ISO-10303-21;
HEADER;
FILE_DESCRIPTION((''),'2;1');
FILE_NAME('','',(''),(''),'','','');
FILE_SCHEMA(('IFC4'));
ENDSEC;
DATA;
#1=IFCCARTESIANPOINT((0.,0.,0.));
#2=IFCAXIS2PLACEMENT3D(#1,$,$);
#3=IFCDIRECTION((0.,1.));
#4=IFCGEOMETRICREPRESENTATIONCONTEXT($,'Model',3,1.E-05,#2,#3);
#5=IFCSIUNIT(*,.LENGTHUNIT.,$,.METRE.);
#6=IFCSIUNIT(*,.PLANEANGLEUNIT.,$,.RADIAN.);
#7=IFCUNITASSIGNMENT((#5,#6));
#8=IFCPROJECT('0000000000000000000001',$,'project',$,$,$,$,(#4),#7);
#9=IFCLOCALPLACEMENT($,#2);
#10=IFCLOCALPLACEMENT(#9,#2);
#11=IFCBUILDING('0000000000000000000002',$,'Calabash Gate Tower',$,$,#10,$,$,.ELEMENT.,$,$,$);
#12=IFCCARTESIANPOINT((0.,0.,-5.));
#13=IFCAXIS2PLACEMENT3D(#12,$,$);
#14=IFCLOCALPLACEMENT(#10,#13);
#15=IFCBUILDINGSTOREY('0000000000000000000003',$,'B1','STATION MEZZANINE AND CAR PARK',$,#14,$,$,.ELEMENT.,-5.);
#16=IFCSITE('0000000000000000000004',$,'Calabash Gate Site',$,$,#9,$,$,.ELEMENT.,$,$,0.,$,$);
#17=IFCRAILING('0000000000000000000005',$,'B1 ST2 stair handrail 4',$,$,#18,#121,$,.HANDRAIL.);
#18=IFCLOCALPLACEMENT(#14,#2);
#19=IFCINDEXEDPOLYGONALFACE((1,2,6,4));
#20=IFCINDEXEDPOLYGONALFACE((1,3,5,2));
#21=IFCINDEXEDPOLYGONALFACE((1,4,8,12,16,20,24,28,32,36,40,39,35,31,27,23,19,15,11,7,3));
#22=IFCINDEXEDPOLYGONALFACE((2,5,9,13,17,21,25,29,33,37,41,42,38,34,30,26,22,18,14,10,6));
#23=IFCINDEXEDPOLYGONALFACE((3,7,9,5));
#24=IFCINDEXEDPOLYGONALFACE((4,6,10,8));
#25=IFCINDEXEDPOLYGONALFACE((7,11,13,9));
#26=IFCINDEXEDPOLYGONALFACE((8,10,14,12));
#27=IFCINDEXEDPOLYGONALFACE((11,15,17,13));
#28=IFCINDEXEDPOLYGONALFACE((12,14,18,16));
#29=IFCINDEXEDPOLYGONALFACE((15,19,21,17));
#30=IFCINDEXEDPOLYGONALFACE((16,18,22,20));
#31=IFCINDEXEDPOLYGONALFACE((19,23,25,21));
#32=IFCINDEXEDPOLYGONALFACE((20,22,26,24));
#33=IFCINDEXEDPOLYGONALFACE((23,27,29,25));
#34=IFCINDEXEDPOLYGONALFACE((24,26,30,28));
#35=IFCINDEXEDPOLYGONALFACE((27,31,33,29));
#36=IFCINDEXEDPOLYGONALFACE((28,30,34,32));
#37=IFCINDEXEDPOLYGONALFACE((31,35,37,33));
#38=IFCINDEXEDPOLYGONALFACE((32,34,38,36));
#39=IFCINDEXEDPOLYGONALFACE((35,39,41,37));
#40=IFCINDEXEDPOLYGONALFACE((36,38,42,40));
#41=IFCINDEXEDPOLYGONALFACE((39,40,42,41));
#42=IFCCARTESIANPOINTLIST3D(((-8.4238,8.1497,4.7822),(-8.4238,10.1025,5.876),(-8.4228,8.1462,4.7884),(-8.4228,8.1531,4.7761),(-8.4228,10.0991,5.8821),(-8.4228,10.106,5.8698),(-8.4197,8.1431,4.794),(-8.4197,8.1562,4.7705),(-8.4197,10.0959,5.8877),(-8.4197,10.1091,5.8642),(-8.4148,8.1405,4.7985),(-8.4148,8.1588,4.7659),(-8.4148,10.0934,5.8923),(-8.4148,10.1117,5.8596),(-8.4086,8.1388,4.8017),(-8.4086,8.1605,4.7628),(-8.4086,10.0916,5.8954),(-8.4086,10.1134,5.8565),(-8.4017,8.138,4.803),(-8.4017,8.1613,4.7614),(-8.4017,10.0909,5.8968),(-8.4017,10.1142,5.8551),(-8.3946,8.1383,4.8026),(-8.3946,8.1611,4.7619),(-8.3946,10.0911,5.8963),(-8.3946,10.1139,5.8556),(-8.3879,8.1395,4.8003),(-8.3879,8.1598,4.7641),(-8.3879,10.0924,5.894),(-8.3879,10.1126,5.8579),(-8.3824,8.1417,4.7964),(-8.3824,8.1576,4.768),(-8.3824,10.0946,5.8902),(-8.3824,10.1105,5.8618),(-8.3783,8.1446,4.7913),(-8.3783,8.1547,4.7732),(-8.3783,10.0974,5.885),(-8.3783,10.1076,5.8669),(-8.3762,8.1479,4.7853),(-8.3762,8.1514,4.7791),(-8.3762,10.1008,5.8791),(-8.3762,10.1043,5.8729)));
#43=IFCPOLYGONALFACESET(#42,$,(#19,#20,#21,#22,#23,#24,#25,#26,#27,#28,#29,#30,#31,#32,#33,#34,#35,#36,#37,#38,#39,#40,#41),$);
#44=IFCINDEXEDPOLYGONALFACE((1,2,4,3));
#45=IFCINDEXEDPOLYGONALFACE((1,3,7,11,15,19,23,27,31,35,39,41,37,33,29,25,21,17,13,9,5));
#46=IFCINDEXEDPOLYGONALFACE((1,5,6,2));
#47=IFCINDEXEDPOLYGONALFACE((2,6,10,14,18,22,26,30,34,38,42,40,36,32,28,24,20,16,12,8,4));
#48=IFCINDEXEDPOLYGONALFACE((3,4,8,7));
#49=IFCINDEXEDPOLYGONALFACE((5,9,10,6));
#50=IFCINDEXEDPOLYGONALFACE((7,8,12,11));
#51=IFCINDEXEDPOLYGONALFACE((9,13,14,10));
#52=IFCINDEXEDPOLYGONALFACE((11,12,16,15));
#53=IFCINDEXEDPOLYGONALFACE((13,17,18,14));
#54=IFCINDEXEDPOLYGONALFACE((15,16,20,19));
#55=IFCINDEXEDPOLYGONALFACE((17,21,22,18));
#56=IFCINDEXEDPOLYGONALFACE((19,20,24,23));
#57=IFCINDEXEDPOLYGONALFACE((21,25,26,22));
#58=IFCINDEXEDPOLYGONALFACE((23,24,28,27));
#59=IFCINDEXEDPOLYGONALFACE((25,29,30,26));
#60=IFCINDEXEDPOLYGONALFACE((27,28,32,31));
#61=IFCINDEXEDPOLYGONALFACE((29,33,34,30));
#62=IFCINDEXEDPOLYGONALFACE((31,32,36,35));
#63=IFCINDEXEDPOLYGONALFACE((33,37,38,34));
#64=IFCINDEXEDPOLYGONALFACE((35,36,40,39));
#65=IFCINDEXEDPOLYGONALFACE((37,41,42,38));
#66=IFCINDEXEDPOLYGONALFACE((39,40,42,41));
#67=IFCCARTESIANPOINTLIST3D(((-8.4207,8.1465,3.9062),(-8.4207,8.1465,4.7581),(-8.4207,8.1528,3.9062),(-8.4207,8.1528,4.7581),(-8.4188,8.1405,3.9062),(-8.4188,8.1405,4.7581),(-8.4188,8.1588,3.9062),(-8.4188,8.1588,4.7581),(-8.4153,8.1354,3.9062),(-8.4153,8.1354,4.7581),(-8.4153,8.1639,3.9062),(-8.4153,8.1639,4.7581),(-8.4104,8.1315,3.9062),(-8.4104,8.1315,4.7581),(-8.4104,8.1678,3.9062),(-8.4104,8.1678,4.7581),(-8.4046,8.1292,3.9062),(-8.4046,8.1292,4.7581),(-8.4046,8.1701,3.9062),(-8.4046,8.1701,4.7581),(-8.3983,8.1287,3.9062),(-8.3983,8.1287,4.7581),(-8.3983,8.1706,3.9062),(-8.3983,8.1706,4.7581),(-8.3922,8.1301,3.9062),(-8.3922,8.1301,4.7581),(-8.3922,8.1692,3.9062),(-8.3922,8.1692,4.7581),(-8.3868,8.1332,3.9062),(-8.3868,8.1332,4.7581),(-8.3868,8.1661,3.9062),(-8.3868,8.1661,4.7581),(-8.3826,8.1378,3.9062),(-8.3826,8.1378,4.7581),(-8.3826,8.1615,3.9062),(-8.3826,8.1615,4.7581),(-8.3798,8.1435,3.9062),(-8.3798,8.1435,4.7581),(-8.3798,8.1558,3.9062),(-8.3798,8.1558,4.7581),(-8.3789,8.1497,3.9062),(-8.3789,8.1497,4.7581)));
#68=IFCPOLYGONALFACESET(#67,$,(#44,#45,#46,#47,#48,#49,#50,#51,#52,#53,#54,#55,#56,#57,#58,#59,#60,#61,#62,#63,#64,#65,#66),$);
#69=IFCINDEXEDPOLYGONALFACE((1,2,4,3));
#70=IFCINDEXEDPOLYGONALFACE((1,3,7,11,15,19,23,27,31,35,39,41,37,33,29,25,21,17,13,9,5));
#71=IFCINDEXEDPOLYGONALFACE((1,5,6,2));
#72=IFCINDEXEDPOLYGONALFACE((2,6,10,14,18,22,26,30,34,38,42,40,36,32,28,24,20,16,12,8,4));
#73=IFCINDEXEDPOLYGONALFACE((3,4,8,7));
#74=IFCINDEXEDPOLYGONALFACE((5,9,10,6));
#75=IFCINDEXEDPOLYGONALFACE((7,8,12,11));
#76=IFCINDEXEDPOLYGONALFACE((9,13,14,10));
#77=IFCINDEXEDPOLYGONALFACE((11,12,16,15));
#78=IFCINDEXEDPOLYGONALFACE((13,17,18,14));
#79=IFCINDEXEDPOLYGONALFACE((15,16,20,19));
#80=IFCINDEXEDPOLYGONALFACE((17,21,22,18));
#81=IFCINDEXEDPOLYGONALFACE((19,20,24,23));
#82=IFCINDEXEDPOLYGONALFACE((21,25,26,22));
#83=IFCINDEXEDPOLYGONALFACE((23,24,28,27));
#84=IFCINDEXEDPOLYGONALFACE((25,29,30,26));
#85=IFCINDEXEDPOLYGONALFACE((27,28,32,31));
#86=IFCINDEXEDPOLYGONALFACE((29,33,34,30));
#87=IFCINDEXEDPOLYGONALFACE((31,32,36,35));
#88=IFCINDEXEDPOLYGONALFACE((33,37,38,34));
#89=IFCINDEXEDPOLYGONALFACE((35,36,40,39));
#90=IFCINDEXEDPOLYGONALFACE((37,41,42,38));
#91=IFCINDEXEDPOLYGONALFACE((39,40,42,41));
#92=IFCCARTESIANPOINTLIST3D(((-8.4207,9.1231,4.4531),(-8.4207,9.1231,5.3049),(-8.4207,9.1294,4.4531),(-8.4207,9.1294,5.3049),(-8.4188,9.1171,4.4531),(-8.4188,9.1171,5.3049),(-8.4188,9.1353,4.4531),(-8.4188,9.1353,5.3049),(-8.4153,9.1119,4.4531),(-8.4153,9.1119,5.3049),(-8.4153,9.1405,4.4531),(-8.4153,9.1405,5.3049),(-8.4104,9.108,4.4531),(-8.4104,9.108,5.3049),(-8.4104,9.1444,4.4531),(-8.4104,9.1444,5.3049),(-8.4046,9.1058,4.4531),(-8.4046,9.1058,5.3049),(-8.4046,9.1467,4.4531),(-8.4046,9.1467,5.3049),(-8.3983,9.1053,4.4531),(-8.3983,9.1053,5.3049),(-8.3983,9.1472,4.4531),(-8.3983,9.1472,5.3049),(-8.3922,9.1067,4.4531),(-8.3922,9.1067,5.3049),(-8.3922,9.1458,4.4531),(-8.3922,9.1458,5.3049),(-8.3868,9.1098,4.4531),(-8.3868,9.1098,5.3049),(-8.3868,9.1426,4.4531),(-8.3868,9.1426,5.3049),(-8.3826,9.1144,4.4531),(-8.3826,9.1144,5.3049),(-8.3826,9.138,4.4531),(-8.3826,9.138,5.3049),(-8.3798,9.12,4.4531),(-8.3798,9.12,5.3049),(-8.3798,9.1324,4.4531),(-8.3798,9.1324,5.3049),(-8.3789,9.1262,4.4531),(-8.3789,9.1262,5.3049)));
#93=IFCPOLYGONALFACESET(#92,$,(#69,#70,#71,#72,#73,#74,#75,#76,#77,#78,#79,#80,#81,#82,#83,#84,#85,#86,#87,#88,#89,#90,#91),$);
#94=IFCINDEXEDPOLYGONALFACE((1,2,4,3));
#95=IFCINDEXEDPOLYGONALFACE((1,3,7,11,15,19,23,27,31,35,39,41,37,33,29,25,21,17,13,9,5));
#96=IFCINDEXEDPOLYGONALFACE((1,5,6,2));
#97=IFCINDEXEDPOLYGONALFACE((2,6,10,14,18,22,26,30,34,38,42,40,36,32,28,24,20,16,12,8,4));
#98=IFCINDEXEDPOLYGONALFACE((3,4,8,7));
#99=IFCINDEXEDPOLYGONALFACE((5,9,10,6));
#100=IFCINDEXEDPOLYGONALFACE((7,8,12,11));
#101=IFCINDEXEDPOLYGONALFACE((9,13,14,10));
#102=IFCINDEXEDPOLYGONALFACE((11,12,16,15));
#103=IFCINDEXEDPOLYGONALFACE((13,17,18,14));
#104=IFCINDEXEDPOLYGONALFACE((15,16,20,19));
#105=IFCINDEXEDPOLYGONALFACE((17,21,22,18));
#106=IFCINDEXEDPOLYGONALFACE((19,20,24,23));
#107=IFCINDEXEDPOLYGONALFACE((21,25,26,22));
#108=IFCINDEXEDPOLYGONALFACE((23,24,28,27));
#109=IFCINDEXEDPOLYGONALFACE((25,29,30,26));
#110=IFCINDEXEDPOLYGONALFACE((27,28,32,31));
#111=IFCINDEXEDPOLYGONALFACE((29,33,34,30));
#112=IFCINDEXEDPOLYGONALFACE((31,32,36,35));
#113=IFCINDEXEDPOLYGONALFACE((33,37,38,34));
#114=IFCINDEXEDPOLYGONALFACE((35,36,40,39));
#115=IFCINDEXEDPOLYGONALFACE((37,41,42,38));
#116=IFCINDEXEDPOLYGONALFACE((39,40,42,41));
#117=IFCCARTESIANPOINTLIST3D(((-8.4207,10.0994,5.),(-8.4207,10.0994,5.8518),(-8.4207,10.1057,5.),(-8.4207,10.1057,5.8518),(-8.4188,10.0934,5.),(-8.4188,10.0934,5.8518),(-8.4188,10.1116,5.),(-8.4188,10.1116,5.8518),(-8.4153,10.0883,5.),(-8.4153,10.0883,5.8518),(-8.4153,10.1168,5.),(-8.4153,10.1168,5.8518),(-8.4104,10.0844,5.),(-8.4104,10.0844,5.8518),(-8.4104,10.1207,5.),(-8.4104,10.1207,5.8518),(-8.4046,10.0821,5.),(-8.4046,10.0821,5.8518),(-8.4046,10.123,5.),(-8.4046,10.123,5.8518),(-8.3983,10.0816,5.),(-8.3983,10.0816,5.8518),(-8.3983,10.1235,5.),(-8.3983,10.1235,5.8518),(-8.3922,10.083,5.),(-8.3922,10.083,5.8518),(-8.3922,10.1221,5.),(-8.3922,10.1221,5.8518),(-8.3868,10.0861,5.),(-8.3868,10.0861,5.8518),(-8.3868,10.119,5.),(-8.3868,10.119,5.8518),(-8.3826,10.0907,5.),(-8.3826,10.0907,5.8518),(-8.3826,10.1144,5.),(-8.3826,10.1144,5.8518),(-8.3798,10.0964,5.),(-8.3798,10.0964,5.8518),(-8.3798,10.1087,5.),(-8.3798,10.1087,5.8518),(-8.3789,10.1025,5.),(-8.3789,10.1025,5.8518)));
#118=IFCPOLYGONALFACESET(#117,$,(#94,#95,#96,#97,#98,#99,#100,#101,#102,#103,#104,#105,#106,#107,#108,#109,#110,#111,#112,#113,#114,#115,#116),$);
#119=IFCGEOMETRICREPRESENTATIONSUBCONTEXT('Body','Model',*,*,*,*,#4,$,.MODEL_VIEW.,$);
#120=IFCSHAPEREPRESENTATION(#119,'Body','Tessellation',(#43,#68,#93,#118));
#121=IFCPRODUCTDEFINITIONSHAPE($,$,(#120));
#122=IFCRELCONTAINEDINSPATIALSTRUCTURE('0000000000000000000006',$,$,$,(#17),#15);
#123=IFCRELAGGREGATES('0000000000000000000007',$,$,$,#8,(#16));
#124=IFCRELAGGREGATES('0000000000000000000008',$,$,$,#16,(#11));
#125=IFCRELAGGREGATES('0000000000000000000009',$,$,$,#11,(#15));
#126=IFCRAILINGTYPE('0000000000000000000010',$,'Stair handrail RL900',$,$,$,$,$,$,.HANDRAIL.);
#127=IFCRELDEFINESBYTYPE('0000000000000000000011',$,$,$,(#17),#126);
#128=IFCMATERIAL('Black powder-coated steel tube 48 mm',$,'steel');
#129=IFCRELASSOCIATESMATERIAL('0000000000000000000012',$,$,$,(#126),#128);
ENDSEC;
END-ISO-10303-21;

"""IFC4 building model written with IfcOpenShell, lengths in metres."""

from ifc_helpers import new_model, si_unit, direction, frame, origin, origin_2d, place, context, subcontext, project, spatial, circle, extrude, material, type_object, element, save


model = new_model("IFC4")

# Units and contexts
model_context = context("Model", 3, precision=1e-05, world=origin(), true_north=direction((0.0, 1.0)))
body_context = subcontext(model_context, "Body", "Model", "MODEL_VIEW")
ifc_project = project(units=[si_unit("LENGTHUNIT", "METRE"), si_unit("PLANEANGLEUNIT", "RADIAN")], contexts=[model_context])

# Site, building, storey
site_placement = place(None, origin())
site = spatial("IfcSite", under=ifc_project, at=site_placement, Name="Calabash Gate Site", CompositionType="ELEMENT", RefElevation=0.0)
building_placement = place(site_placement, origin())
building = spatial("IfcBuilding", under=site, at=building_placement, Name="Calabash Gate Tower", CompositionType="ELEMENT")
storey_placement = place(building_placement, frame((0.0, 0.0, -5.0)))
storey = spatial("IfcBuildingStorey", under=building, at=storey_placement, Name="B1", Description="STATION MEZZANINE AND CAR PARK", CompositionType="ELEMENT", Elevation=-5.0)

# Railing
ifc_material_1 = material(Name="Black powder-coated steel tube 48 mm", Category="steel")
railing_type_1 = type_object("IfcRailingType", Name="Stair handrail RL900", PredefinedType="HANDRAIL", material=ifc_material_1)
railing_1_placement = place(storey_placement, frame((-8.3999, 8.1497, 3.9062)))
element("IfcRailing", 1, at=railing_1_placement, inside=storey, type_object=railing_type_1, Name="B1 ST2 stair handrail 4", PredefinedType="HANDRAIL", context=body_context, shape_type="SweptSolid", body=[
    extrude(circle(Radius=0.0239, at=origin_2d()), frame((0.0, 0.0, 0.876), z_axis=(0.0, 0.87248, 0.48865), x_axis=(-1.0, 0.0, 0.0)), (0.0, 0.0, 1.0), 2.2383),
    extrude(circle(Radius=0.021, at=origin_2d()), origin(), (0.0, 0.0, 1.0), 0.8518),
    extrude(circle(Radius=0.021, at=origin_2d()), frame((0.0, 0.9766, 0.5469)), (0.0, 0.0, 1.0), 0.8518),
    extrude(circle(Radius=0.021, at=origin_2d()), frame((0.0, 1.9529, 1.0938)), (0.0, 0.0, 1.0), 0.8518),
])

save(model, "model.ifc")
